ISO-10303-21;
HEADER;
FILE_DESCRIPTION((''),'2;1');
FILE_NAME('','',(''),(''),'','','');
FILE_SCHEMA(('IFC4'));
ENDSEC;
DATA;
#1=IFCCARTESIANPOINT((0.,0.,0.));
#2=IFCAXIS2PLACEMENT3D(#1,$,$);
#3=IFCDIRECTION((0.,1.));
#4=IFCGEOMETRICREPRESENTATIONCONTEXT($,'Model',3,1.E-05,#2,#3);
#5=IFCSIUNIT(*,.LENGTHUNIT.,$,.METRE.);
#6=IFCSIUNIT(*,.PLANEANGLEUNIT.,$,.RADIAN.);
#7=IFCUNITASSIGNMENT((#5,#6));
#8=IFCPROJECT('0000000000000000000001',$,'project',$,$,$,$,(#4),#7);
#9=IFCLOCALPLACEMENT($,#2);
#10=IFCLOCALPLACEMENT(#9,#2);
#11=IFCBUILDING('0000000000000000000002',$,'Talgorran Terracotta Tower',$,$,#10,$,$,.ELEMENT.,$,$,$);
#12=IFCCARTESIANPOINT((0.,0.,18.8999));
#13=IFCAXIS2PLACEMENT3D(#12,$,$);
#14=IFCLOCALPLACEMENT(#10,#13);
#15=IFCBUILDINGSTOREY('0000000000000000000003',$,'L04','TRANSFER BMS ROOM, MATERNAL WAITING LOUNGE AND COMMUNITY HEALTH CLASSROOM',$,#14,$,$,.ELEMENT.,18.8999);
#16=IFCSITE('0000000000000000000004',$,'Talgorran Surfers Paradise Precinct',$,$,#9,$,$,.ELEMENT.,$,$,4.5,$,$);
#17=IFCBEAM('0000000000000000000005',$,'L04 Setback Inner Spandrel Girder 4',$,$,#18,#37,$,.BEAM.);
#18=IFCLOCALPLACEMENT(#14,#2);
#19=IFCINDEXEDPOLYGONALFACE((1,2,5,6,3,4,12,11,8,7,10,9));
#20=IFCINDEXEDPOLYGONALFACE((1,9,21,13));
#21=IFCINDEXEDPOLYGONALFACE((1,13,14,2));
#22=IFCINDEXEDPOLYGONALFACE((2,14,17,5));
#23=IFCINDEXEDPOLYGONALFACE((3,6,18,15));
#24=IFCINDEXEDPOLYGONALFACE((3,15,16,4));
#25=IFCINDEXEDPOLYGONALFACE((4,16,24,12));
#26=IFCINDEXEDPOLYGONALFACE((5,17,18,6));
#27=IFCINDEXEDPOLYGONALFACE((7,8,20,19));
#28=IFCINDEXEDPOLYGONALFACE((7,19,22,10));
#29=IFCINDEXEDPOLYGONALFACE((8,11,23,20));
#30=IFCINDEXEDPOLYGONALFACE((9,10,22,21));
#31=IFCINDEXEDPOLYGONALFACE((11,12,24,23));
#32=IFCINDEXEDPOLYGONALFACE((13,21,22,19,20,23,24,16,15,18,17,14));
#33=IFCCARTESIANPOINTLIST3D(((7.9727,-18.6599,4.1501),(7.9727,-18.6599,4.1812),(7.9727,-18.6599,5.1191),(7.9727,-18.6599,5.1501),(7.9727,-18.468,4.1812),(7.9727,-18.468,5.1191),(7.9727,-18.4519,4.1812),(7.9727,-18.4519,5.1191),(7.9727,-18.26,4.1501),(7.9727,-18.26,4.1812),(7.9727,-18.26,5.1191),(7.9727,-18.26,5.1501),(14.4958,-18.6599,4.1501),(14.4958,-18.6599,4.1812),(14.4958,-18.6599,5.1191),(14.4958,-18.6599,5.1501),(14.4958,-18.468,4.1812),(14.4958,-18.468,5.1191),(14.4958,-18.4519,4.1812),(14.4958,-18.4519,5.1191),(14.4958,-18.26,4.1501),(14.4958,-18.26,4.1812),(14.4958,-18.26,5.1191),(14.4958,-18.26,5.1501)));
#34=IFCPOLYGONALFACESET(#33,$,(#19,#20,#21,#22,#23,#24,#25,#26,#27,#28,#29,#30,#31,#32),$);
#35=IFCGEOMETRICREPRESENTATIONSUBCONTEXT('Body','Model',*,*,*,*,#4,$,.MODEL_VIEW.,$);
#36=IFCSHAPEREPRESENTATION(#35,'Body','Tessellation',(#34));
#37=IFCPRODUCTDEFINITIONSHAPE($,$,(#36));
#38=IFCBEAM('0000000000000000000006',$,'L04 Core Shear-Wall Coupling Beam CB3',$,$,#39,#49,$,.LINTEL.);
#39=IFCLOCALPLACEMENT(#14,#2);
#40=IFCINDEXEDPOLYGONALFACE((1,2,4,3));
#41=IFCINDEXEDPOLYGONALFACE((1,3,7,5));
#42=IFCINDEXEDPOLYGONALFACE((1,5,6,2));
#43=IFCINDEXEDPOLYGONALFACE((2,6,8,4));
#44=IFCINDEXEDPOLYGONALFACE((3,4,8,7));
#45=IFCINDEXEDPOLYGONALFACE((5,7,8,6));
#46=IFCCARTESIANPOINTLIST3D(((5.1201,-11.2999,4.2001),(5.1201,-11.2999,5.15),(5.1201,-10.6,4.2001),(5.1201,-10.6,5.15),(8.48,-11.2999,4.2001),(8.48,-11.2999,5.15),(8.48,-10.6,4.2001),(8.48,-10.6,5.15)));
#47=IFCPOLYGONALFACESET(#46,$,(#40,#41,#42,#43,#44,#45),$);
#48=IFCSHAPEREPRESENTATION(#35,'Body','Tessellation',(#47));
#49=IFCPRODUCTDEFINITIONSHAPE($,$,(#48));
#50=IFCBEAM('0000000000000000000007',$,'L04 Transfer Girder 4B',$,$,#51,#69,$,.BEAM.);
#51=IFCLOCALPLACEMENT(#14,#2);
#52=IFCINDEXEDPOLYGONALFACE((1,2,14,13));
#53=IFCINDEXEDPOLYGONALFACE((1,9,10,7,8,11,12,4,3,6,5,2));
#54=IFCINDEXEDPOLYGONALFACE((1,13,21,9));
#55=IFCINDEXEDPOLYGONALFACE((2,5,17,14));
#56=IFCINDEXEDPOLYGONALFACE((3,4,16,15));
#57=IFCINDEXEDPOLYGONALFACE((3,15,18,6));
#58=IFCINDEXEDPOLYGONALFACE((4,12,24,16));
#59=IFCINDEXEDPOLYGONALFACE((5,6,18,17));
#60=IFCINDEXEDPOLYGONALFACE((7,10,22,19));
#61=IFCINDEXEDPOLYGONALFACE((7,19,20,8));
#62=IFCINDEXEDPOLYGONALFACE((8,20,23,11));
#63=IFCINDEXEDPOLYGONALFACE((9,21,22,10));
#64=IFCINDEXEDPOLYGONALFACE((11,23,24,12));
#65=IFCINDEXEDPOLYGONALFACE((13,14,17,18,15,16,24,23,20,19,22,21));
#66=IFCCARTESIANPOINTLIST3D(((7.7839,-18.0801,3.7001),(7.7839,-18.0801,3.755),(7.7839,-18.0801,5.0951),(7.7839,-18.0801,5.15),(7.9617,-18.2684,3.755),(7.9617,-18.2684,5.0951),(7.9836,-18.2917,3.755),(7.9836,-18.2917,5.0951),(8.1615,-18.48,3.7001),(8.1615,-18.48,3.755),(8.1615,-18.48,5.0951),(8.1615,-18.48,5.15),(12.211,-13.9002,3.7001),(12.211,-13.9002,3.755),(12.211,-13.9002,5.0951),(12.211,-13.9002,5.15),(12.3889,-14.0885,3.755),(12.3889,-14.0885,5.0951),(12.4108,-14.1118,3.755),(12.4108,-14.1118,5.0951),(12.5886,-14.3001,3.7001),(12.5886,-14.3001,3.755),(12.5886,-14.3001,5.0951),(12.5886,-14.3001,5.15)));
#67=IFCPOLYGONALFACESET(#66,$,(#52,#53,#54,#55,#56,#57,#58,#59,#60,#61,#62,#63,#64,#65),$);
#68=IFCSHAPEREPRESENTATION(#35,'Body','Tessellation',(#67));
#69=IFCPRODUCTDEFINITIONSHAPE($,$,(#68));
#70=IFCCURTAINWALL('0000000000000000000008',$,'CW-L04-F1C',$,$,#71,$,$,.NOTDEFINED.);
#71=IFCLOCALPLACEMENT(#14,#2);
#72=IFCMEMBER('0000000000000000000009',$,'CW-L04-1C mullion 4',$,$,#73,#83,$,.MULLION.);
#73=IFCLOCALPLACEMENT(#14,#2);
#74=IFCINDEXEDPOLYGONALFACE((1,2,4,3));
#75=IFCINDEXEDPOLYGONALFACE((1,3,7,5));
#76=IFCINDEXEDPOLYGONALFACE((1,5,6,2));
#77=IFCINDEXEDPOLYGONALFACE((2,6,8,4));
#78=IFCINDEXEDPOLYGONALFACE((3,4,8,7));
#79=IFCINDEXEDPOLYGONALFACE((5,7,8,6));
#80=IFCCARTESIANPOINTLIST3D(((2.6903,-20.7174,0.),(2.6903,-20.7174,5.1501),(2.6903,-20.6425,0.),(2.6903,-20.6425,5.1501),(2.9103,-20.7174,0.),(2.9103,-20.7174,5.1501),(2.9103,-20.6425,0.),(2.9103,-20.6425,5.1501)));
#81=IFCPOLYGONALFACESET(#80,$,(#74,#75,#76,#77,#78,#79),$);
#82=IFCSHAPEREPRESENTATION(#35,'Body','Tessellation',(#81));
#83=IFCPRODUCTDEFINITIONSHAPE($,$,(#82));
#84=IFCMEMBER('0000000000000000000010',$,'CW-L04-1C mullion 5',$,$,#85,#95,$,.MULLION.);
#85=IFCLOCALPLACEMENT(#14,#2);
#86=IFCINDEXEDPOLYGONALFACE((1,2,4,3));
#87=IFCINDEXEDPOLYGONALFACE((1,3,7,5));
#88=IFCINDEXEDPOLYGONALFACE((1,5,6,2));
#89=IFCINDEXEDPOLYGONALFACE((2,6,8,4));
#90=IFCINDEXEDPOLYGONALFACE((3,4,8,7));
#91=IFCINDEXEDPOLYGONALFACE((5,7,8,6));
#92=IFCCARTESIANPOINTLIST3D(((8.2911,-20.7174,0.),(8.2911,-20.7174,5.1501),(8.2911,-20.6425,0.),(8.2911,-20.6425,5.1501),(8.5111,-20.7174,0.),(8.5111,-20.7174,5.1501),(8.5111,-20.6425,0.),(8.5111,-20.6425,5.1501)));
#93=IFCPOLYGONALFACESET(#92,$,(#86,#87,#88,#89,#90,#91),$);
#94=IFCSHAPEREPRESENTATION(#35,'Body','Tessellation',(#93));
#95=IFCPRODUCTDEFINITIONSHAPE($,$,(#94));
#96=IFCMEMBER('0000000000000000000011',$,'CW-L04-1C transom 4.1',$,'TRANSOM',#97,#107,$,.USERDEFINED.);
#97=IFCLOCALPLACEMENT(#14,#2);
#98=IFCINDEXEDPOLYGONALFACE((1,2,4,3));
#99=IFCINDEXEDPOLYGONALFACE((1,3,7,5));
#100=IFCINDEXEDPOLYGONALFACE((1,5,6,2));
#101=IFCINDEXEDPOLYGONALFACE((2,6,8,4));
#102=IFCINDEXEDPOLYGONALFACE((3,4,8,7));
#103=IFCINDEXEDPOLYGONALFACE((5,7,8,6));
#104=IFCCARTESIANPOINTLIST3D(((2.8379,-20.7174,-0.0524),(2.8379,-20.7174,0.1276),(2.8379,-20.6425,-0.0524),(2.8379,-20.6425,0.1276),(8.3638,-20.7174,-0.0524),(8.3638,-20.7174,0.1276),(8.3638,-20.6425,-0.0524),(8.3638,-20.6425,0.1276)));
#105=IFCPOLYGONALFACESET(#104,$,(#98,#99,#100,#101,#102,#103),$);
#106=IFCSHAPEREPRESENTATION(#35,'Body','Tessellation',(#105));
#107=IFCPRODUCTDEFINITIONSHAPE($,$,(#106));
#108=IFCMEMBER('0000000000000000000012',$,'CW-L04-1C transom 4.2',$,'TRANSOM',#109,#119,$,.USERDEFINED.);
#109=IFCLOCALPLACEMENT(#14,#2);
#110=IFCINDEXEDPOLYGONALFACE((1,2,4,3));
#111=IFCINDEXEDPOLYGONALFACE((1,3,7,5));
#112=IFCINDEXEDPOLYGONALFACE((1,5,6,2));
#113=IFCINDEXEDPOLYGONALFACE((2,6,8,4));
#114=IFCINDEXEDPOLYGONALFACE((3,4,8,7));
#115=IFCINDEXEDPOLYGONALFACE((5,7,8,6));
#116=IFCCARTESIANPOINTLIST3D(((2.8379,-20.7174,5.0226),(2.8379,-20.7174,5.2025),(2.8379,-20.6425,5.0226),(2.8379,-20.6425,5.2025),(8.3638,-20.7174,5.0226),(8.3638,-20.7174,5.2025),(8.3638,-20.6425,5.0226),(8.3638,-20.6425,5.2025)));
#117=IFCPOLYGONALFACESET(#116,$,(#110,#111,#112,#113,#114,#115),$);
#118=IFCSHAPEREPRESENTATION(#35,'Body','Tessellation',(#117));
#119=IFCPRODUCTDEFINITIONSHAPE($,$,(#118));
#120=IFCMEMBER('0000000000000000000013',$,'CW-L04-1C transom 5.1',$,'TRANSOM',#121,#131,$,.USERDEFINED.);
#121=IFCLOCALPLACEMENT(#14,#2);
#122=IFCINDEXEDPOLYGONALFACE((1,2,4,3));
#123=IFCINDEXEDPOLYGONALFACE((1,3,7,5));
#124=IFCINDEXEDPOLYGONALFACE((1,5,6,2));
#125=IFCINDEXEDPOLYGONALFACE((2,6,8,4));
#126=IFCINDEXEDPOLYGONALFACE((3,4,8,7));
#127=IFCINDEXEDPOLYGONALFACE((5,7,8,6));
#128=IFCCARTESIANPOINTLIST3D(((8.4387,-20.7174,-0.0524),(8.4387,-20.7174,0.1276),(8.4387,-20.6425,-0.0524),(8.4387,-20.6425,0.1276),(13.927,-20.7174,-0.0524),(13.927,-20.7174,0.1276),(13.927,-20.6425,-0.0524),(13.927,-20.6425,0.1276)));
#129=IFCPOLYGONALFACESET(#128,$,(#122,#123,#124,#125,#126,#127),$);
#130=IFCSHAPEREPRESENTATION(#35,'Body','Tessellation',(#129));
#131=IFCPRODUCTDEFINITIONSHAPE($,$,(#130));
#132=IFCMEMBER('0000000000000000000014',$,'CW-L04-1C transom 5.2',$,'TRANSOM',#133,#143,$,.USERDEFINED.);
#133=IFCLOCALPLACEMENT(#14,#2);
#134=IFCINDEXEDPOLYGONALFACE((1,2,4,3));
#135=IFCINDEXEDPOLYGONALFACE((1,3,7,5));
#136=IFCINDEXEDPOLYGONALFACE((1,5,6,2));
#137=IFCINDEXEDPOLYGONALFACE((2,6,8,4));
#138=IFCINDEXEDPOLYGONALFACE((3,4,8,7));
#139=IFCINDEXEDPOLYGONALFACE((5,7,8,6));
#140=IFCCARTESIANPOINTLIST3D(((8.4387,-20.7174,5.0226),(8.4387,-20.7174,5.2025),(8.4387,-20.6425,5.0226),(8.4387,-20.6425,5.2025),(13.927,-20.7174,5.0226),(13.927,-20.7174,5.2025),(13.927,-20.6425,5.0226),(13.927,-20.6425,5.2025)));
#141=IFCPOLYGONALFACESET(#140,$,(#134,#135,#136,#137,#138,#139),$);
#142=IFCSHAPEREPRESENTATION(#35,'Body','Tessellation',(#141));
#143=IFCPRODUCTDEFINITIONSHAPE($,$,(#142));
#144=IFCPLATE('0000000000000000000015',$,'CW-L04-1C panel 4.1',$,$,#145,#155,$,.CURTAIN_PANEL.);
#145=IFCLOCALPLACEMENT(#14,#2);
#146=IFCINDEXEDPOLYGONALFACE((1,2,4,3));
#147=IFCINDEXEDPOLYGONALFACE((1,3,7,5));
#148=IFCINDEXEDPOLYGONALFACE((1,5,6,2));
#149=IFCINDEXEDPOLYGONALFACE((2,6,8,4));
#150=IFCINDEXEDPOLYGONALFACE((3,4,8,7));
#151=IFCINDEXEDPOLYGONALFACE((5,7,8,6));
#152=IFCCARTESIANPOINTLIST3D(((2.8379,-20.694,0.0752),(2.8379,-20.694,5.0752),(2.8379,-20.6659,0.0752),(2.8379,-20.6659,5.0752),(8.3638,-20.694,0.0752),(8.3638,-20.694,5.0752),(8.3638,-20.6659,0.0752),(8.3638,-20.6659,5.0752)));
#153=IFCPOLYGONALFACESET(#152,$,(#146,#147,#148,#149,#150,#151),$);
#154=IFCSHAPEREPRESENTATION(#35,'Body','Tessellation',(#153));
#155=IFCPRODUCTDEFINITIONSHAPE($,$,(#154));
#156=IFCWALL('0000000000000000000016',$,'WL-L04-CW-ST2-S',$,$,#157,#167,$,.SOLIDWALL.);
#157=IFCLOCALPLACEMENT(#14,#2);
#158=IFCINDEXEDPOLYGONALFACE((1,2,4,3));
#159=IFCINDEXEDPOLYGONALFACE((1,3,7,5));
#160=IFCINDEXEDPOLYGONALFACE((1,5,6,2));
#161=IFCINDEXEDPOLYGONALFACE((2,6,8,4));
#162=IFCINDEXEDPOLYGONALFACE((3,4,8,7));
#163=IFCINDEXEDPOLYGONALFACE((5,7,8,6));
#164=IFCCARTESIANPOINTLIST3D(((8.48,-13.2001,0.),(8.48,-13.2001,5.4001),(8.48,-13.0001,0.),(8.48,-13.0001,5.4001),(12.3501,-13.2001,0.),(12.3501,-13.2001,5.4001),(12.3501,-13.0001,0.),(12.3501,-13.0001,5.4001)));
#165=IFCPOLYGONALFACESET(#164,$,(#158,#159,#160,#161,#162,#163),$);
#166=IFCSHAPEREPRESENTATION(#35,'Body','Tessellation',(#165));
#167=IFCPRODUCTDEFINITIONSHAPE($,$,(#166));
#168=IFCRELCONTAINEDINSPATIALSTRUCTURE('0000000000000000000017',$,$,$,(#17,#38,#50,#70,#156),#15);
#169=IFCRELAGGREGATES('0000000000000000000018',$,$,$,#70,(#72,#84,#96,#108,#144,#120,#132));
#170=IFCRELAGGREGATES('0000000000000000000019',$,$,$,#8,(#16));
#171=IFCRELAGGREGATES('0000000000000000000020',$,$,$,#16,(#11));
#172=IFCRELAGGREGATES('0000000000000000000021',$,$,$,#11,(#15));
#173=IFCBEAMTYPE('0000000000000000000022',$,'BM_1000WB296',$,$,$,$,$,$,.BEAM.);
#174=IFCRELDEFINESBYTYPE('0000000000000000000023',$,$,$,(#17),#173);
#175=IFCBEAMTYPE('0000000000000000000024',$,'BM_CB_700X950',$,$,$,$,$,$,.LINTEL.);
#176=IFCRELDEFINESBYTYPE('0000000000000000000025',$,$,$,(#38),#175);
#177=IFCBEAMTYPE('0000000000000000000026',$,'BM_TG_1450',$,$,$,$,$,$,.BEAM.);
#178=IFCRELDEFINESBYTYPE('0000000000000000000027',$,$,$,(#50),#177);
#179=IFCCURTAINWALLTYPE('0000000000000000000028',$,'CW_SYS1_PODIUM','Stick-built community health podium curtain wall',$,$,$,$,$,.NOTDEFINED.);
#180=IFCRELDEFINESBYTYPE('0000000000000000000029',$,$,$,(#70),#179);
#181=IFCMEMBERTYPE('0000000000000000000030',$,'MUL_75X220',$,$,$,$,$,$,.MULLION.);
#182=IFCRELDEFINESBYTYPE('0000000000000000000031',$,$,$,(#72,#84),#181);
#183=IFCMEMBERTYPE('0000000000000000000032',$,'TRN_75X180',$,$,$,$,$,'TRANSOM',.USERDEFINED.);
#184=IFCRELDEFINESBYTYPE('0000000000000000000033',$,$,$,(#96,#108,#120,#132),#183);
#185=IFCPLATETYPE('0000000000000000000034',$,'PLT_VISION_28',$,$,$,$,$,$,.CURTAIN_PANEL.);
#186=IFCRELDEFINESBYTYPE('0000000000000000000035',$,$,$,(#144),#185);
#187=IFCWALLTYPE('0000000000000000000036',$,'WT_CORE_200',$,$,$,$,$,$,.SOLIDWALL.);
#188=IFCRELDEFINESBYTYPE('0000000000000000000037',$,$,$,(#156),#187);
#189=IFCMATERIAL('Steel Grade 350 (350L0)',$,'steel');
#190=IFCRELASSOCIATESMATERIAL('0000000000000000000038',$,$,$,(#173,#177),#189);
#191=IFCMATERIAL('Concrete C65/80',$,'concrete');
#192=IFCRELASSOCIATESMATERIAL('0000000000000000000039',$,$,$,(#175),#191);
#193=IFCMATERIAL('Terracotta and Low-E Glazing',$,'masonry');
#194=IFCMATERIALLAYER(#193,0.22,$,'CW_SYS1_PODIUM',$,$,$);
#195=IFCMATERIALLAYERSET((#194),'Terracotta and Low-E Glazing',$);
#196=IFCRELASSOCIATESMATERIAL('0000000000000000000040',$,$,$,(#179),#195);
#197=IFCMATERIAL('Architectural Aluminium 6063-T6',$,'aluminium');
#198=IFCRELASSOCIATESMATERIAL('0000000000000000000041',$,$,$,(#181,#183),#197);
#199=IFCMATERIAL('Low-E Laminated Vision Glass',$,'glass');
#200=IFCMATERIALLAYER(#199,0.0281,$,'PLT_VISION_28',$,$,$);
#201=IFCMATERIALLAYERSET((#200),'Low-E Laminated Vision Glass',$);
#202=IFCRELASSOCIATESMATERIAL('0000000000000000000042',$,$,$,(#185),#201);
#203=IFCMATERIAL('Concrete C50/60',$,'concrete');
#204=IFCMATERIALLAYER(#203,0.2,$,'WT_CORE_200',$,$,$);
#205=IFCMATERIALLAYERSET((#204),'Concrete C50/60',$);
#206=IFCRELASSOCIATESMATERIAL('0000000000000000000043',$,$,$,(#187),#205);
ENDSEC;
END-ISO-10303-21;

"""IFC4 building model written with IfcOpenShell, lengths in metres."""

from ifc_helpers import new_model, si_unit, direction, frame, frame_2d, origin, origin_2d, place, context, subcontext, project, spatial, rectangle, i_section, extrude, source, transform, mapped, material, layer, layer_set, material_profile, profile_set, type_object, type_shapes, element, aggregate, save


model = new_model("IFC4")

# Units and contexts
model_context = context("Model", 3, precision=1e-05, world=origin(), true_north=direction((0.0, 1.0)))
body_context = subcontext(model_context, "Body", "Model", "MODEL_VIEW")
ifc_project = project(units=[si_unit("LENGTHUNIT", "METRE"), si_unit("PLANEANGLEUNIT", "RADIAN")], contexts=[model_context])

# Site, building, storey
site_placement = place(None, origin())
site = spatial("IfcSite", under=ifc_project, at=site_placement, Name="Talgorran Surfers Paradise Precinct", CompositionType="ELEMENT", RefElevation=4.5)
building_placement = place(site_placement, origin())
building = spatial("IfcBuilding", under=site, at=building_placement, Name="Talgorran Terracotta Tower", CompositionType="ELEMENT")
storey_placement = place(building_placement, frame((0.0, 0.0, 18.8999)))
storey = spatial("IfcBuildingStorey", under=building, at=storey_placement, Name="L04", Description="TRANSFER BMS ROOM, MATERNAL WAITING LOUNGE AND COMMUNITY HEALTH CLASSROOM", CompositionType="ELEMENT", Elevation=18.8999)

# Beams
ifc_material_1 = material(Name="Steel Grade 350 (350L0)", Category="steel")
ifc_material_profile_1 = material_profile(ifc_material_1, i_section(OverallWidth=0.3999, OverallDepth=1.0, WebThickness=0.0161, FlangeThickness=0.031, at=origin_2d()), Name="1000WB296")
ifc_profile_set_1 = profile_set([ifc_material_profile_1], Name="Steel Grade 350 (350L0)")
beam_type_1 = type_object("IfcBeamType", Name="BM_1000WB296", PredefinedType="BEAM", material=ifc_profile_set_1)
beam_1_placement = place(storey_placement, frame((7.9727, -18.46, 4.6501), z_axis=(1.0, 0.0, 0.0), x_axis=(0.0, 1.0, 0.0)))
element("IfcBeam", 1, at=beam_1_placement, inside=storey, type_object=beam_type_1, Name="L04 Setback Inner Spandrel Girder 4", PredefinedType="BEAM", context=body_context, shape_type="SweptSolid", body=[
    extrude(i_section(OverallWidth=0.3999, OverallDepth=1.0, WebThickness=0.0161, FlangeThickness=0.031, at=origin_2d()), origin(), (0.0, 0.0, 1.0), 6.5232),
])
ifc_material_2 = material(Name="Concrete C65/80", Category="concrete")
ifc_material_profile_2 = material_profile(ifc_material_2, rectangle(XDim=0.7, YDim=0.95, at=origin_2d()), Name="RCCB700X950")
ifc_profile_set_2 = profile_set([ifc_material_profile_2], Name="Concrete C65/80")
beam_type_2 = type_object("IfcBeamType", Name="BM_CB_700X950", PredefinedType="LINTEL", material=ifc_profile_set_2)
beam_2_placement = place(storey_placement, frame((5.1201, -10.95, 4.675), z_axis=(1.0, 0.0, 0.0), x_axis=(0.0, 1.0, 0.0)))
element("IfcBeam", 2, at=beam_2_placement, inside=storey, type_object=beam_type_2, Name="L04 Core Shear-Wall Coupling Beam CB3", PredefinedType="LINTEL", context=body_context, shape_type="SweptSolid", body=[
    extrude(rectangle(XDim=0.7, YDim=0.95, at=origin_2d()), origin(), (0.0, 0.0, 1.0), 3.3599),
])
ifc_material_profile_3 = material_profile(ifc_material_1, i_section(OverallWidth=0.55, OverallDepth=1.45, WebThickness=0.032, FlangeThickness=0.0549, at=origin_2d()), Name="TG1450X550")
ifc_profile_set_3 = profile_set([ifc_material_profile_3], Name="Steel Grade 350 (350L0)")
beam_type_3 = type_object("IfcBeamType", Name="BM_TG_1450", PredefinedType="BEAM", material=ifc_profile_set_3)
beam_3_placement = place(storey_placement, frame((7.9727, -18.28, 4.425), z_axis=(0.727124, 0.686506, 0.0), x_axis=(-0.686506, 0.727124, 0.0)))
element("IfcBeam", 3, at=beam_3_placement, inside=storey, type_object=beam_type_3, Name="L04 Transfer Girder 4B", PredefinedType="BEAM", context=body_context, shape_type="SweptSolid", body=[
    extrude(i_section(OverallWidth=0.55, OverallDepth=1.45, WebThickness=0.032, FlangeThickness=0.0549, at=origin_2d()), origin(), (0.0, 0.0, 1.0), 6.0886),
])

# Curtain wall, members, plate
ifc_material_3 = material(Name="Terracotta and Low-E Glazing", Category="masonry")
ifc_layer_1 = layer(ifc_material_3, 0.22, Name="CW_SYS1_PODIUM")
ifc_layer_set_1 = layer_set([ifc_layer_1], Name="Terracotta and Low-E Glazing")
curtain_wall_type = type_object("IfcCurtainWallType", Name="CW_SYS1_PODIUM", Description="Stick-built community health podium curtain wall", PredefinedType="NOTDEFINED", material=ifc_layer_set_1)
curtain_wall_placement = place(storey_placement, origin())
curtain_wall = element("IfcCurtainWall", 4, at=curtain_wall_placement, inside=storey, type_object=curtain_wall_type, Name="CW-L04-F1C", PredefinedType="NOTDEFINED")
ifc_material_4 = material(Name="Architectural Aluminium 6063-T6", Category="aluminium")
ifc_material_profile_4 = material_profile(ifc_material_4, rectangle(XDim=0.075, YDim=0.22, at=origin_2d()), Name="CWM75X220")
ifc_profile_set_4 = profile_set([ifc_material_profile_4], Name="Architectural Aluminium 6063-T6")
member_type_1 = type_object("IfcMemberType", Name="MUL_75X220", PredefinedType="MULLION", material=ifc_profile_set_4)
member_1_placement = place(storey_placement, frame((2.8003, -20.6799, 0.0), z_axis=(0.0, 0.0, 1.0), x_axis=(0.0, 1.0, 0.0)))
member_1 = element("IfcMember", 5, at=member_1_placement, type_object=member_type_1, Name="CW-L04-1C mullion 4", PredefinedType="MULLION", context=body_context, shape_type="SweptSolid", body=[
    extrude(rectangle(XDim=0.075, YDim=0.22, at=origin_2d()), origin(), (0.0, 0.0, 1.0), 5.1501),
])
member_2_placement = place(storey_placement, frame((8.4011, -20.6799, 0.0), z_axis=(0.0, 0.0, 1.0), x_axis=(0.0, 1.0, 0.0)))
member_2 = element("IfcMember", 6, at=member_2_placement, type_object=member_type_1, Name="CW-L04-1C mullion 5", PredefinedType="MULLION", context=body_context, shape_type="SweptSolid", body=[
    extrude(rectangle(XDim=0.075, YDim=0.22, at=origin_2d()), origin(), (0.0, 0.0, 1.0), 5.1501),
])
ifc_material_profile_5 = material_profile(ifc_material_4, rectangle(XDim=0.075, YDim=0.1799, at=origin_2d()), Name="CWT75X180")
ifc_profile_set_5 = profile_set([ifc_material_profile_5], Name="Architectural Aluminium 6063-T6")
member_type_2 = type_object("IfcMemberType", Name="TRN_75X180", ElementType="TRANSOM", PredefinedType="USERDEFINED", material=ifc_profile_set_5)
member_3_placement = place(storey_placement, frame((2.8379, -20.6799, 0.0376), z_axis=(1.0, 0.0, 0.0), x_axis=(0.0, 1.0, 0.0)))
member_3 = element("IfcMember", 7, at=member_3_placement, type_object=member_type_2, Name="CW-L04-1C transom 4.1", ObjectType="TRANSOM", PredefinedType="USERDEFINED", context=body_context, shape_type="SweptSolid", body=[
    extrude(rectangle(XDim=0.075, YDim=0.1799, at=origin_2d()), origin(), (0.0, 0.0, 1.0), 5.5259),
])
member_4_placement = place(storey_placement, frame((2.8379, -20.6799, 5.1125), z_axis=(1.0, 0.0, 0.0), x_axis=(0.0, 1.0, 0.0)))
member_4 = element("IfcMember", 8, at=member_4_placement, type_object=member_type_2, Name="CW-L04-1C transom 4.2", ObjectType="TRANSOM", PredefinedType="USERDEFINED", context=body_context, shape_type="SweptSolid", body=[
    extrude(rectangle(XDim=0.075, YDim=0.1799, at=origin_2d()), origin(), (0.0, 0.0, 1.0), 5.5259),
])
member_5_placement = place(storey_placement, frame((8.4387, -20.6799, 0.0376), z_axis=(1.0, 0.0, 0.0), x_axis=(0.0, 1.0, 0.0)))
member_5 = element("IfcMember", 9, at=member_5_placement, type_object=member_type_2, Name="CW-L04-1C transom 5.1", ObjectType="TRANSOM", PredefinedType="USERDEFINED", context=body_context, shape_type="SweptSolid", body=[
    extrude(rectangle(XDim=0.075, YDim=0.1799, at=origin_2d()), origin(), (0.0, 0.0, 1.0), 5.4883),
])
member_6_placement = place(storey_placement, frame((8.4387, -20.6799, 5.1125), z_axis=(1.0, 0.0, 0.0), x_axis=(0.0, 1.0, 0.0)))
member_6 = element("IfcMember", 10, at=member_6_placement, type_object=member_type_2, Name="CW-L04-1C transom 5.2", ObjectType="TRANSOM", PredefinedType="USERDEFINED", context=body_context, shape_type="SweptSolid", body=[
    extrude(rectangle(XDim=0.075, YDim=0.1799, at=origin_2d()), origin(), (0.0, 0.0, 1.0), 5.4883),
])
ifc_material_5 = material(Name="Low-E Laminated Vision Glass", Category="glass")
ifc_layer_2 = layer(ifc_material_5, 0.0281, Name="PLT_VISION_28")
ifc_layer_set_2 = layer_set([ifc_layer_2], Name="Low-E Laminated Vision Glass")
plate_type = type_object("IfcPlateType", Name="PLT_VISION_28", PredefinedType="CURTAIN_PANEL", material=ifc_layer_set_2)
shared_shape_1 = source(origin(), body_context, "Body", "SweptSolid", [
    extrude(rectangle(XDim=5.5259, YDim=0.0281, at=origin_2d()), origin(), (0.0, 0.0, 1.0), 5.0),
])
type_shapes(plate_type, [shared_shape_1])
plate_placement = place(storey_placement, frame((5.6008, -20.6799, 0.0752), z_axis=(0.0, 0.0, 1.0), x_axis=(1.0, 0.0, 0.0)))
plate = element("IfcPlate", 11, at=plate_placement, type_object=plate_type, Name="CW-L04-1C panel 4.1", PredefinedType="CURTAIN_PANEL", context=body_context, shape_type="MappedRepresentation", body=[
    mapped(shared_shape_1, transform((0.0, 0.0, 0.0), scale=1.0)),
])
aggregate(curtain_wall, [member_1, member_2, member_3, member_4, plate, member_5, member_6])

# Wall
ifc_material_6 = material(Name="Concrete C50/60", Category="concrete")
ifc_layer_3 = layer(ifc_material_6, 0.2, Name="WT_CORE_200")
ifc_layer_set_3 = layer_set([ifc_layer_3], Name="Concrete C50/60")
wall_type_1 = type_object("IfcWallType", Name="WT_CORE_200", PredefinedType="SOLIDWALL", material=ifc_layer_set_3)
wall_1_placement = place(storey_placement, frame((8.48, -13.1001, 0.0), z_axis=(0.0, 0.0, 1.0), x_axis=(1.0, 0.0, 0.0)))
element("IfcWall", 12, at=wall_1_placement, inside=storey, type_object=wall_type_1, Name="WL-L04-CW-ST2-S", PredefinedType="SOLIDWALL", context=body_context, shape_type="SweptSolid", body=[
    extrude(rectangle(XDim=3.8701, YDim=0.2, at=frame_2d((1.9351, 0.0))), origin(), (0.0, 0.0, 1.0), 5.4001),
])

save(model, "model.ifc")
